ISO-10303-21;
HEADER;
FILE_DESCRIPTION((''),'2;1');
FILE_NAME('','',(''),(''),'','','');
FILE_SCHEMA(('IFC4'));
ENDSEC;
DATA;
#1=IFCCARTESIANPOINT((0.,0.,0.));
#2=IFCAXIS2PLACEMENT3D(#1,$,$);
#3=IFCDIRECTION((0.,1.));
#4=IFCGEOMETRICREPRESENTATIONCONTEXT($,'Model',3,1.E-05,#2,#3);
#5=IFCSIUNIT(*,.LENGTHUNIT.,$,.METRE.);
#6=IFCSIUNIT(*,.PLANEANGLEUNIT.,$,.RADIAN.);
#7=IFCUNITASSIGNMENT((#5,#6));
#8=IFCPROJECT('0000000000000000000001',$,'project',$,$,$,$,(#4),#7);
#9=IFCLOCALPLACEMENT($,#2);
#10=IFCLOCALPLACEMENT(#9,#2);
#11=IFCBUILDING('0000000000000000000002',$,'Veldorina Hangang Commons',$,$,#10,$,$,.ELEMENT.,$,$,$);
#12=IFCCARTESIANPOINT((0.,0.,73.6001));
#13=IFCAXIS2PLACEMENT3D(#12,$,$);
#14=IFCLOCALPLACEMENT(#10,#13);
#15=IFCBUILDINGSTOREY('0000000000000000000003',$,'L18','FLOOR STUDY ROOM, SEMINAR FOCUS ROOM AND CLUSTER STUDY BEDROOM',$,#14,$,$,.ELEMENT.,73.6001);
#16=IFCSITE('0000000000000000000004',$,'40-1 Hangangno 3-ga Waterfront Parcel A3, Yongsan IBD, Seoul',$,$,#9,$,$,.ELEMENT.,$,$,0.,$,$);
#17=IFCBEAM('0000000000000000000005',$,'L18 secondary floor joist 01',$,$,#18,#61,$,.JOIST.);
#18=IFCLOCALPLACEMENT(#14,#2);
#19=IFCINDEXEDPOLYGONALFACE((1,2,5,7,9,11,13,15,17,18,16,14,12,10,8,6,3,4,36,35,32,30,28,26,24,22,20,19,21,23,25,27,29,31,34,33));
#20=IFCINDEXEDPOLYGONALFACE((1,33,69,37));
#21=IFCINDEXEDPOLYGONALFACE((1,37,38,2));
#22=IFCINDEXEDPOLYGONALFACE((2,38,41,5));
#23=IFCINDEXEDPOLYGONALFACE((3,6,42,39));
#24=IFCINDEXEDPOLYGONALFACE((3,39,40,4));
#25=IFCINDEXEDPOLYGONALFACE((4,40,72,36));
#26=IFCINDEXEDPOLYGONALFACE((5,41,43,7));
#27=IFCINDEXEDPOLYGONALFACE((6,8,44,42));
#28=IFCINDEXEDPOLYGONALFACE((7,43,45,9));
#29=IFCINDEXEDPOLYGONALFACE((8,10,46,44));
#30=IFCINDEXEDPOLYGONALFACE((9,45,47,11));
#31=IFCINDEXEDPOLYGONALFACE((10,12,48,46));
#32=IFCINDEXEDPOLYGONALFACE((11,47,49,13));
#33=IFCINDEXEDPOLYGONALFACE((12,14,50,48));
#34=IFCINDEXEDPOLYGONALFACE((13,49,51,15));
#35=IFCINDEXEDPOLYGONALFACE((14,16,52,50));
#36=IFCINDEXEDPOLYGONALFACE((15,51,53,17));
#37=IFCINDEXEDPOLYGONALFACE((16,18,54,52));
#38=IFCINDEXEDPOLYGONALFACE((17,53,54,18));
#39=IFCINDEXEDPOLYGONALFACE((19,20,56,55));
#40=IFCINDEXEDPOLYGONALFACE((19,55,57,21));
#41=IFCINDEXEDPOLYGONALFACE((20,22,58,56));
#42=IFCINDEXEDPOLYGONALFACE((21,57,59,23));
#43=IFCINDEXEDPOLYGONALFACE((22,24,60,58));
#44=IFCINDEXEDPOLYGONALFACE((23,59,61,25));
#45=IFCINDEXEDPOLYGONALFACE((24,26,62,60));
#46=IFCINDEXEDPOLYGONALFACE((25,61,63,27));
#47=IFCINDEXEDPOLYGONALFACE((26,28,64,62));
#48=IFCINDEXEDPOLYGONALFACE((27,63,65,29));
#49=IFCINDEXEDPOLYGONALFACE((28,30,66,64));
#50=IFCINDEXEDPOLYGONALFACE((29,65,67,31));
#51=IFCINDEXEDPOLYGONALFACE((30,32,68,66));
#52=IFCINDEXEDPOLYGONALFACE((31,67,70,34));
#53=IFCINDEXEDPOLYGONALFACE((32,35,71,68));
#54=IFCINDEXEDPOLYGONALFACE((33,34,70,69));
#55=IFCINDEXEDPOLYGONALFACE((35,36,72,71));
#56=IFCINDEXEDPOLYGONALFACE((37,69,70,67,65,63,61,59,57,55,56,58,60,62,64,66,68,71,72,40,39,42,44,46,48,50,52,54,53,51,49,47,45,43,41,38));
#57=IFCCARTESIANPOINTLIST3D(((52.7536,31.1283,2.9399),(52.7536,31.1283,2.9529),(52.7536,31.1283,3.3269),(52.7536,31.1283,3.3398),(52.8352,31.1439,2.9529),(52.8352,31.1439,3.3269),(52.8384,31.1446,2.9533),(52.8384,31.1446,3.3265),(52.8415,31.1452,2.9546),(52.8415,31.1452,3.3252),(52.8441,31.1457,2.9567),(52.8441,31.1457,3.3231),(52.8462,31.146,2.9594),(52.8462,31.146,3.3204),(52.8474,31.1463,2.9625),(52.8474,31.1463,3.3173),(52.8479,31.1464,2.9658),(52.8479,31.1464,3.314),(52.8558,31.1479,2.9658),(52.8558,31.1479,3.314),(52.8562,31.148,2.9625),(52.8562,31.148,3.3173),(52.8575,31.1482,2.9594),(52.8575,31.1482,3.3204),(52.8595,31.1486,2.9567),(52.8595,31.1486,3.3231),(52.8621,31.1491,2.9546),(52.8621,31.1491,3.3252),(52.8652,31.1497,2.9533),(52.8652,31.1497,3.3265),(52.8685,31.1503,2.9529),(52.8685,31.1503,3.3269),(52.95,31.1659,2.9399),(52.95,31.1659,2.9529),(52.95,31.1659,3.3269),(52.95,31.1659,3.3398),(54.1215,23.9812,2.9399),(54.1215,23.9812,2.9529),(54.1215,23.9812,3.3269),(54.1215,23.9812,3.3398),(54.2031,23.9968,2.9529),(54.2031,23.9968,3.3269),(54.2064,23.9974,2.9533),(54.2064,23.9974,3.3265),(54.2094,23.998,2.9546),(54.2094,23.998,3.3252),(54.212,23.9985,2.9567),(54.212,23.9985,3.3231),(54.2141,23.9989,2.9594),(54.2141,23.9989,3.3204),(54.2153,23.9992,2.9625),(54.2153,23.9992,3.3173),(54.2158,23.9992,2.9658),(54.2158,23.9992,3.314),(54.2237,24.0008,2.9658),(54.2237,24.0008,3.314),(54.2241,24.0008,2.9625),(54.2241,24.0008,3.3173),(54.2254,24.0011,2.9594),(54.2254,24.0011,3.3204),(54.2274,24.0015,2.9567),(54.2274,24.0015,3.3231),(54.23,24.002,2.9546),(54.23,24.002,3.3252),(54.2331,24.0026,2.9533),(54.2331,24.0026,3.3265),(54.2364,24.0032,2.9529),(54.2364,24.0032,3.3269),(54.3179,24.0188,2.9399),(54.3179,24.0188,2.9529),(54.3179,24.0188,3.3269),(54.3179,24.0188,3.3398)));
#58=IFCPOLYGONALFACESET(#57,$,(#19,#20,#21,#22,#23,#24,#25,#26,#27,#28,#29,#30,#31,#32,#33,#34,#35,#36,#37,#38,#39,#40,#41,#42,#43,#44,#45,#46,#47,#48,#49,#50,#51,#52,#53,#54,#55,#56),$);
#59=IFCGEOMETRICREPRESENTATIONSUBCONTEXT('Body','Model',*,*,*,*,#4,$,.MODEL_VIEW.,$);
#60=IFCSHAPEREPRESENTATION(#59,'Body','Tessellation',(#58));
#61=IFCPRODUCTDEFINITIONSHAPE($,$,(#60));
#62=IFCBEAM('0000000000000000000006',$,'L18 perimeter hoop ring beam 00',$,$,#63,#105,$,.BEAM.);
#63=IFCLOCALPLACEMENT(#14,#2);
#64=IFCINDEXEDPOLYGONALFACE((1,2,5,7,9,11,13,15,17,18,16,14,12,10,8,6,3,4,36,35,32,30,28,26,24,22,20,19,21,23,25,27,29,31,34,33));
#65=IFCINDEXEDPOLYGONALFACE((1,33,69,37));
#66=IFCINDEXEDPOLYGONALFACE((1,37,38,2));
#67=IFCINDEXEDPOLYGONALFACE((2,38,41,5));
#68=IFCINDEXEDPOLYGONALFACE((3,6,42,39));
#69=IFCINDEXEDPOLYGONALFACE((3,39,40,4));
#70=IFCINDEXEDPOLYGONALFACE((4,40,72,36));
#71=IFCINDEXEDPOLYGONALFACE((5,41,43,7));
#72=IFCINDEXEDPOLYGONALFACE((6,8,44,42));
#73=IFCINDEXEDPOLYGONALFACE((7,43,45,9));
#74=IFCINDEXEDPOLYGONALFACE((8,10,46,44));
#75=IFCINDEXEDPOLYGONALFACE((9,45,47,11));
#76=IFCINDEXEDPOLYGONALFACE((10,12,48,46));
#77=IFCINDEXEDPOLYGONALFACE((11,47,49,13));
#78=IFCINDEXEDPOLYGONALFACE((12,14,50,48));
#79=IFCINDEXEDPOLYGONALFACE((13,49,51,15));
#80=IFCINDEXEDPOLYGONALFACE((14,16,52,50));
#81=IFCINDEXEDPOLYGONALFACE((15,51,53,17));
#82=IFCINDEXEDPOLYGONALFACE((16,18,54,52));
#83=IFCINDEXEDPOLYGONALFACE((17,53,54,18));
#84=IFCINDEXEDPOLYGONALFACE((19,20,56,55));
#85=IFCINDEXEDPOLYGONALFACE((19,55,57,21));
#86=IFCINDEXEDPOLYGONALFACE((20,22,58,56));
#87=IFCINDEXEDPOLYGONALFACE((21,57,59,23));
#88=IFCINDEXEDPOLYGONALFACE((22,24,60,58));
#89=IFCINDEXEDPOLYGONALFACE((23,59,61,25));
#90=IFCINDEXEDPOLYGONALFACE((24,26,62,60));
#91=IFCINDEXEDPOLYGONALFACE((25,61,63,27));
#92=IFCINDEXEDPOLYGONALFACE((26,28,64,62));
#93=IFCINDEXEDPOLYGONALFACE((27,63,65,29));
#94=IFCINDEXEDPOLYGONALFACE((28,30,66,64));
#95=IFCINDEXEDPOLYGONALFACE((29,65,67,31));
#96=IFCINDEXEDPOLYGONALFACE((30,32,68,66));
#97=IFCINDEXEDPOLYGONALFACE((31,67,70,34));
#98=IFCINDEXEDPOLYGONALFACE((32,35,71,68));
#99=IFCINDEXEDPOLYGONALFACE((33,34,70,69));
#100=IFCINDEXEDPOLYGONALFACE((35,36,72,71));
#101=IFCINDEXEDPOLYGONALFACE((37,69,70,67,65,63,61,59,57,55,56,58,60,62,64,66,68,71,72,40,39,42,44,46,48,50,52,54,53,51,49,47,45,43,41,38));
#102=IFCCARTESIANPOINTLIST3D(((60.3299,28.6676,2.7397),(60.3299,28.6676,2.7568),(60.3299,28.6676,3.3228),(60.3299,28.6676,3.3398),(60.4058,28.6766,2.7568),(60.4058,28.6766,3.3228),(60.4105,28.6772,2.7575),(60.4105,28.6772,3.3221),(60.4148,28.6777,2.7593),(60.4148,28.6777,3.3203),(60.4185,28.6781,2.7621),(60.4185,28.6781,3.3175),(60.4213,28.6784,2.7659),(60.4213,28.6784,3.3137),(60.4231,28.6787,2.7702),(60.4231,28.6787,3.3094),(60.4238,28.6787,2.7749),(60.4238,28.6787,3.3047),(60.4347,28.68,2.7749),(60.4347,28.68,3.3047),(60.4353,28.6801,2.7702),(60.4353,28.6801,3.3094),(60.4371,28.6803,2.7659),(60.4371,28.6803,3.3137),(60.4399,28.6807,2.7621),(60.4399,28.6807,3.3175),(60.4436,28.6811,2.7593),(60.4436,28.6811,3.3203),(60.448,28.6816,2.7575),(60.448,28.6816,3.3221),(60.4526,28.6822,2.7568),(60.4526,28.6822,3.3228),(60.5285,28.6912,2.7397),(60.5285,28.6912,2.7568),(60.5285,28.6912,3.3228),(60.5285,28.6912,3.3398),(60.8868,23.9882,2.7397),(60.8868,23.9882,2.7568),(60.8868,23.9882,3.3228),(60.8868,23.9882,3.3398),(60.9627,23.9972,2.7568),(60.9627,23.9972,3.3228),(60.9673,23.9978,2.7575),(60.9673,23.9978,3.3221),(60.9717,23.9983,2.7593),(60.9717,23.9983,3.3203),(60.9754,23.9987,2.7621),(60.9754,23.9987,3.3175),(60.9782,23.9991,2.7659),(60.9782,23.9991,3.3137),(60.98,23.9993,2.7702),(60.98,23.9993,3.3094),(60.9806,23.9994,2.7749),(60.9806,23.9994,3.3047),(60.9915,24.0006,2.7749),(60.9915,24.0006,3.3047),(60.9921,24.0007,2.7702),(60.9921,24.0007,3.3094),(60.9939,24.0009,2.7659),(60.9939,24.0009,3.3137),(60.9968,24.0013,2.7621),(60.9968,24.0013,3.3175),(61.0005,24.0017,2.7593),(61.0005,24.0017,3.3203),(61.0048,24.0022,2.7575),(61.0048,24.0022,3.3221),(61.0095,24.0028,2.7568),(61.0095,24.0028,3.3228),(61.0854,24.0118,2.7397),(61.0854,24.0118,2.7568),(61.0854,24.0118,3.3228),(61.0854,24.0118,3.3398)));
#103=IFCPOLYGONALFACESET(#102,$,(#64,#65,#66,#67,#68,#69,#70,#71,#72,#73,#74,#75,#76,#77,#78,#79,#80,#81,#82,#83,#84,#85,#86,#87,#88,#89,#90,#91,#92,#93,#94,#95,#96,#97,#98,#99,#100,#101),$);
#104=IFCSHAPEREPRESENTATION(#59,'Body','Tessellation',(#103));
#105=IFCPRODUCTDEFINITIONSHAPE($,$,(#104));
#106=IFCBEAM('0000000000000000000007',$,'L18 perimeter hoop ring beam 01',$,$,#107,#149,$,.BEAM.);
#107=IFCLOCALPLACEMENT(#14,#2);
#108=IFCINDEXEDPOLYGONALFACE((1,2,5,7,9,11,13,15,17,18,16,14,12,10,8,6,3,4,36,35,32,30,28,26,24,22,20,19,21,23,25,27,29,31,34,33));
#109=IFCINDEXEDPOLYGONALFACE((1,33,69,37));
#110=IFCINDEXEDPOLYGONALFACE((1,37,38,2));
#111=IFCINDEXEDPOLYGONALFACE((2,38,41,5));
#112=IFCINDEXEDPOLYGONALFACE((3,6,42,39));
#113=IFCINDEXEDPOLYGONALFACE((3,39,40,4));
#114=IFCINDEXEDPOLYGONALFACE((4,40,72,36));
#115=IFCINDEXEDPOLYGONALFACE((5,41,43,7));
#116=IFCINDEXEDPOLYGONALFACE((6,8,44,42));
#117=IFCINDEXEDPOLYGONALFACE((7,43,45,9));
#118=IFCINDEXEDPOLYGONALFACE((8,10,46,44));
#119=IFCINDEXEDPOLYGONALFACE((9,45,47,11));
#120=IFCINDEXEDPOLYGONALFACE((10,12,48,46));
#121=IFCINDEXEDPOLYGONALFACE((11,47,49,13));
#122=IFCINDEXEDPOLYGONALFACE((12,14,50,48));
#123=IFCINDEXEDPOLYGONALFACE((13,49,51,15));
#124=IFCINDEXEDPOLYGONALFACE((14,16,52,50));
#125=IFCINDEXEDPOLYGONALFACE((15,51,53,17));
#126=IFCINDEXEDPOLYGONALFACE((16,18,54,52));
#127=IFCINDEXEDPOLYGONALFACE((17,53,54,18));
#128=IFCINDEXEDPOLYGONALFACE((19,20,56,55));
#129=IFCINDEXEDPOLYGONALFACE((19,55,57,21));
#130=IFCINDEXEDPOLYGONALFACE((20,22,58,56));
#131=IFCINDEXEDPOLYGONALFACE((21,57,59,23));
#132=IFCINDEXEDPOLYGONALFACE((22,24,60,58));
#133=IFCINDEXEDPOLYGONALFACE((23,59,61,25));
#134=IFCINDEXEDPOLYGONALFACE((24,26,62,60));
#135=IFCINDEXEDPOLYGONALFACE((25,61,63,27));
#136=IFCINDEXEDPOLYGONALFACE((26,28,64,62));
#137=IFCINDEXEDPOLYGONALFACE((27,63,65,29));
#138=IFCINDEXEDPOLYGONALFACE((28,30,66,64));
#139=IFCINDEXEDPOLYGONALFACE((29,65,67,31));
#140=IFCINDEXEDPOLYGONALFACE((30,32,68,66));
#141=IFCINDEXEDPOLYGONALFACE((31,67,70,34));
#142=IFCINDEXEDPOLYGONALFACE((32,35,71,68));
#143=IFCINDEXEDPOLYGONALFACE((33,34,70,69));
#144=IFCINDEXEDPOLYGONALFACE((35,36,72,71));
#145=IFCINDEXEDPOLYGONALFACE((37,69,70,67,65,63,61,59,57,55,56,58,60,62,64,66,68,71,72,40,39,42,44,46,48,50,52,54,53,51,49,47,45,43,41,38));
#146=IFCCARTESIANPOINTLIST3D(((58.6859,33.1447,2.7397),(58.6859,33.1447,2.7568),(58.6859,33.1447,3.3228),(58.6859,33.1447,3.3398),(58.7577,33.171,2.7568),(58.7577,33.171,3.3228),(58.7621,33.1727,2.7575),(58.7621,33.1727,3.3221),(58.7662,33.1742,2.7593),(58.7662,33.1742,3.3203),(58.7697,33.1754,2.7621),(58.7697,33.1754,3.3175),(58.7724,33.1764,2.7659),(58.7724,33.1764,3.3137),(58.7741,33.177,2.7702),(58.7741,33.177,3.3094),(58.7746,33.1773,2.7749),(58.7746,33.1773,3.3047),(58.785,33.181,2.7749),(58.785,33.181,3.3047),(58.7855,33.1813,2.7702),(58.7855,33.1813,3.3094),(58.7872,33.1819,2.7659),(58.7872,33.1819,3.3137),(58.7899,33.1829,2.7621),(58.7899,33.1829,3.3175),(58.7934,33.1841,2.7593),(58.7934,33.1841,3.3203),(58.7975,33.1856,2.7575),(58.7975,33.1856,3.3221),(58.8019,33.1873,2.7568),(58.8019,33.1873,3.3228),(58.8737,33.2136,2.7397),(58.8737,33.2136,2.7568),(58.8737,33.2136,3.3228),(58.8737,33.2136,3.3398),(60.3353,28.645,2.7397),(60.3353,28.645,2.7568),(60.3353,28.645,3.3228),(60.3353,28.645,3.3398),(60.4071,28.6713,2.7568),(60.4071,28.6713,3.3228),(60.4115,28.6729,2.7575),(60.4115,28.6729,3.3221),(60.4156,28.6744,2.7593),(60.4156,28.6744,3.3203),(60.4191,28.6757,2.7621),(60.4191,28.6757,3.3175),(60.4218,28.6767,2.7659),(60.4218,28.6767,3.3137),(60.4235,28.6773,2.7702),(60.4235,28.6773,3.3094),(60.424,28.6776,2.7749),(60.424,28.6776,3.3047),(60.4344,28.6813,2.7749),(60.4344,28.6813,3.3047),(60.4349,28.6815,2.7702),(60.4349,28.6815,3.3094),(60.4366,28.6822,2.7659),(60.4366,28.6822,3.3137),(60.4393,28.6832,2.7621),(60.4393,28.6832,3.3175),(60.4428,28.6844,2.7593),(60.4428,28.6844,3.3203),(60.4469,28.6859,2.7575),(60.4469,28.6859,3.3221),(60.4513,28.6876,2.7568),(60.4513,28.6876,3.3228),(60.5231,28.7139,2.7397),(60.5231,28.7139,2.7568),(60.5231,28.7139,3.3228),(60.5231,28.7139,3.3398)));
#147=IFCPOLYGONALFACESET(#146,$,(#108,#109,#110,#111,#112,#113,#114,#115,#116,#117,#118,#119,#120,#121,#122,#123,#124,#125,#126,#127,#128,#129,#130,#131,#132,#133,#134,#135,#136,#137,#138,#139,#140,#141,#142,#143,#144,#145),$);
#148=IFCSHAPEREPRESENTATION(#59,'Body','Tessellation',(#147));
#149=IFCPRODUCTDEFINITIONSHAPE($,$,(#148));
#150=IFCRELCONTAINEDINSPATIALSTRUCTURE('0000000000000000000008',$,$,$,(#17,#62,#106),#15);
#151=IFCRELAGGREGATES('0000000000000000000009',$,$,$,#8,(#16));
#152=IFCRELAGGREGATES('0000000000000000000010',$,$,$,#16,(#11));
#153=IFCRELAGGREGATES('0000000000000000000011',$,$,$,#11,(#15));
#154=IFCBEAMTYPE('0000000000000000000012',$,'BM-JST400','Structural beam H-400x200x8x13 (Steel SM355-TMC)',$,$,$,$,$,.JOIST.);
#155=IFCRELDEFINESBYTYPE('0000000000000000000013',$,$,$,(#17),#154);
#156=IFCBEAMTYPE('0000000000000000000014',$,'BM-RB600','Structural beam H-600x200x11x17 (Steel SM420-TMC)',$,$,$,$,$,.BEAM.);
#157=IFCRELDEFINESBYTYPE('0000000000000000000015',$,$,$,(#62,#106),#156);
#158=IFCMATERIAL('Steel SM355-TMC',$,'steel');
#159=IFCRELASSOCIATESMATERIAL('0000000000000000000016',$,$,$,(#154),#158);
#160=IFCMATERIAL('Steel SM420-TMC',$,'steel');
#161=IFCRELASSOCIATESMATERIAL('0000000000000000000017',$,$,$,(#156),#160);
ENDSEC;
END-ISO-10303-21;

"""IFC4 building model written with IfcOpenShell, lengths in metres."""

from ifc_helpers import new_model, si_unit, direction, frame, origin, origin_2d, place, context, subcontext, project, spatial, i_section, extrude, material, material_profile, profile_set, type_object, element, save


model = new_model("IFC4")

# Units and contexts
model_context = context("Model", 3, precision=1e-05, world=origin(), true_north=direction((0.0, 1.0)))
body_context = subcontext(model_context, "Body", "Model", "MODEL_VIEW")
ifc_project = project(units=[si_unit("LENGTHUNIT", "METRE"), si_unit("PLANEANGLEUNIT", "RADIAN")], contexts=[model_context])

# Site, building, storey
site_placement = place(None, origin())
site = spatial("IfcSite", under=ifc_project, at=site_placement, Name="40-1 Hangangno 3-ga Waterfront Parcel A3, Yongsan IBD, Seoul", CompositionType="ELEMENT", RefElevation=0.0)
building_placement = place(site_placement, origin())
building = spatial("IfcBuilding", under=site, at=building_placement, Name="Veldorina Hangang Commons", CompositionType="ELEMENT")
storey_placement = place(building_placement, frame((0.0, 0.0, 73.6001)))
storey = spatial("IfcBuildingStorey", under=building, at=storey_placement, Name="L18", Description="FLOOR STUDY ROOM, SEMINAR FOCUS ROOM AND CLUSTER STUDY BEDROOM", CompositionType="ELEMENT", Elevation=73.6001)

# Beams
ifc_material_1 = material(Name="Steel SM355-TMC", Category="steel")
ifc_material_profile_1 = material_profile(ifc_material_1, i_section(OverallWidth=0.2, OverallDepth=0.3999, WebThickness=0.0081, FlangeThickness=0.0129, FilletRadius=0.0129, at=origin_2d()), Name="H-400x200x8x13")
ifc_profile_set_1 = profile_set([ifc_material_profile_1], Name="Steel SM355-TMC")
beam_type_1 = type_object("IfcBeamType", Name="BM-JST400", Description="Structural beam H-400x200x8x13 (Steel SM355-TMC)", PredefinedType="JOIST", material=ifc_profile_set_1)
beam_1_placement = place(storey_placement, frame((54.2197, 24.0, 3.1399), z_axis=(-0.18798, 0.982173, 0.0), x_axis=(-0.982173, -0.18798, 0.0)))
element("IfcBeam", 1, at=beam_1_placement, inside=storey, type_object=beam_type_1, Name="L18 secondary floor joist 01", PredefinedType="JOIST", context=body_context, shape_type="SweptSolid", body=[
    extrude(i_section(OverallWidth=0.2, OverallDepth=0.3999, WebThickness=0.0081, FlangeThickness=0.0129, FilletRadius=0.0129, at=origin_2d()), origin(), (0.0, 0.0, 1.0), 7.2769),
])
ifc_material_2 = material(Name="Steel SM420-TMC", Category="steel")
ifc_material_profile_2 = material_profile(ifc_material_2, i_section(OverallWidth=0.2, OverallDepth=0.6001, WebThickness=0.011, FlangeThickness=0.0171, FilletRadius=0.0181, at=origin_2d()), Name="H-600x200x11x17")
ifc_profile_set_2 = profile_set([ifc_material_profile_2], Name="Steel SM420-TMC")
beam_type_2 = type_object("IfcBeamType", Name="BM-RB600", Description="Structural beam H-600x200x11x17 (Steel SM420-TMC)", PredefinedType="BEAM", material=ifc_profile_set_2)
beam_2_placement = place(storey_placement, frame((60.9861, 24.0, 3.0398), z_axis=(-0.118173, 0.992993, 0.0), x_axis=(-0.992993, -0.118173, 0.0)))
element("IfcBeam", 2, at=beam_2_placement, inside=storey, type_object=beam_type_2, Name="L18 perimeter hoop ring beam 00", PredefinedType="BEAM", context=body_context, shape_type="SweptSolid", body=[
    extrude(i_section(OverallWidth=0.2, OverallDepth=0.6001, WebThickness=0.011, FlangeThickness=0.0171, FilletRadius=0.0181, at=origin_2d()), origin(), (0.0, 0.0, 1.0), 4.7124),
])
beam_3_placement = place(storey_placement, frame((60.4292, 28.6794, 3.0398), z_axis=(-0.344163, 0.93891, 0.0), x_axis=(-0.93891, -0.344163, 0.0)))
element("IfcBeam", 3, at=beam_3_placement, inside=storey, type_object=beam_type_2, Name="L18 perimeter hoop ring beam 01", PredefinedType="BEAM", context=body_context, shape_type="SweptSolid", body=[
    extrude(i_section(OverallWidth=0.2, OverallDepth=0.6001, WebThickness=0.011, FlangeThickness=0.0171, FilletRadius=0.0181, at=origin_2d()), origin(), (0.0, 0.0, 1.0), 4.7925),
])

save(model, "model.ifc")
